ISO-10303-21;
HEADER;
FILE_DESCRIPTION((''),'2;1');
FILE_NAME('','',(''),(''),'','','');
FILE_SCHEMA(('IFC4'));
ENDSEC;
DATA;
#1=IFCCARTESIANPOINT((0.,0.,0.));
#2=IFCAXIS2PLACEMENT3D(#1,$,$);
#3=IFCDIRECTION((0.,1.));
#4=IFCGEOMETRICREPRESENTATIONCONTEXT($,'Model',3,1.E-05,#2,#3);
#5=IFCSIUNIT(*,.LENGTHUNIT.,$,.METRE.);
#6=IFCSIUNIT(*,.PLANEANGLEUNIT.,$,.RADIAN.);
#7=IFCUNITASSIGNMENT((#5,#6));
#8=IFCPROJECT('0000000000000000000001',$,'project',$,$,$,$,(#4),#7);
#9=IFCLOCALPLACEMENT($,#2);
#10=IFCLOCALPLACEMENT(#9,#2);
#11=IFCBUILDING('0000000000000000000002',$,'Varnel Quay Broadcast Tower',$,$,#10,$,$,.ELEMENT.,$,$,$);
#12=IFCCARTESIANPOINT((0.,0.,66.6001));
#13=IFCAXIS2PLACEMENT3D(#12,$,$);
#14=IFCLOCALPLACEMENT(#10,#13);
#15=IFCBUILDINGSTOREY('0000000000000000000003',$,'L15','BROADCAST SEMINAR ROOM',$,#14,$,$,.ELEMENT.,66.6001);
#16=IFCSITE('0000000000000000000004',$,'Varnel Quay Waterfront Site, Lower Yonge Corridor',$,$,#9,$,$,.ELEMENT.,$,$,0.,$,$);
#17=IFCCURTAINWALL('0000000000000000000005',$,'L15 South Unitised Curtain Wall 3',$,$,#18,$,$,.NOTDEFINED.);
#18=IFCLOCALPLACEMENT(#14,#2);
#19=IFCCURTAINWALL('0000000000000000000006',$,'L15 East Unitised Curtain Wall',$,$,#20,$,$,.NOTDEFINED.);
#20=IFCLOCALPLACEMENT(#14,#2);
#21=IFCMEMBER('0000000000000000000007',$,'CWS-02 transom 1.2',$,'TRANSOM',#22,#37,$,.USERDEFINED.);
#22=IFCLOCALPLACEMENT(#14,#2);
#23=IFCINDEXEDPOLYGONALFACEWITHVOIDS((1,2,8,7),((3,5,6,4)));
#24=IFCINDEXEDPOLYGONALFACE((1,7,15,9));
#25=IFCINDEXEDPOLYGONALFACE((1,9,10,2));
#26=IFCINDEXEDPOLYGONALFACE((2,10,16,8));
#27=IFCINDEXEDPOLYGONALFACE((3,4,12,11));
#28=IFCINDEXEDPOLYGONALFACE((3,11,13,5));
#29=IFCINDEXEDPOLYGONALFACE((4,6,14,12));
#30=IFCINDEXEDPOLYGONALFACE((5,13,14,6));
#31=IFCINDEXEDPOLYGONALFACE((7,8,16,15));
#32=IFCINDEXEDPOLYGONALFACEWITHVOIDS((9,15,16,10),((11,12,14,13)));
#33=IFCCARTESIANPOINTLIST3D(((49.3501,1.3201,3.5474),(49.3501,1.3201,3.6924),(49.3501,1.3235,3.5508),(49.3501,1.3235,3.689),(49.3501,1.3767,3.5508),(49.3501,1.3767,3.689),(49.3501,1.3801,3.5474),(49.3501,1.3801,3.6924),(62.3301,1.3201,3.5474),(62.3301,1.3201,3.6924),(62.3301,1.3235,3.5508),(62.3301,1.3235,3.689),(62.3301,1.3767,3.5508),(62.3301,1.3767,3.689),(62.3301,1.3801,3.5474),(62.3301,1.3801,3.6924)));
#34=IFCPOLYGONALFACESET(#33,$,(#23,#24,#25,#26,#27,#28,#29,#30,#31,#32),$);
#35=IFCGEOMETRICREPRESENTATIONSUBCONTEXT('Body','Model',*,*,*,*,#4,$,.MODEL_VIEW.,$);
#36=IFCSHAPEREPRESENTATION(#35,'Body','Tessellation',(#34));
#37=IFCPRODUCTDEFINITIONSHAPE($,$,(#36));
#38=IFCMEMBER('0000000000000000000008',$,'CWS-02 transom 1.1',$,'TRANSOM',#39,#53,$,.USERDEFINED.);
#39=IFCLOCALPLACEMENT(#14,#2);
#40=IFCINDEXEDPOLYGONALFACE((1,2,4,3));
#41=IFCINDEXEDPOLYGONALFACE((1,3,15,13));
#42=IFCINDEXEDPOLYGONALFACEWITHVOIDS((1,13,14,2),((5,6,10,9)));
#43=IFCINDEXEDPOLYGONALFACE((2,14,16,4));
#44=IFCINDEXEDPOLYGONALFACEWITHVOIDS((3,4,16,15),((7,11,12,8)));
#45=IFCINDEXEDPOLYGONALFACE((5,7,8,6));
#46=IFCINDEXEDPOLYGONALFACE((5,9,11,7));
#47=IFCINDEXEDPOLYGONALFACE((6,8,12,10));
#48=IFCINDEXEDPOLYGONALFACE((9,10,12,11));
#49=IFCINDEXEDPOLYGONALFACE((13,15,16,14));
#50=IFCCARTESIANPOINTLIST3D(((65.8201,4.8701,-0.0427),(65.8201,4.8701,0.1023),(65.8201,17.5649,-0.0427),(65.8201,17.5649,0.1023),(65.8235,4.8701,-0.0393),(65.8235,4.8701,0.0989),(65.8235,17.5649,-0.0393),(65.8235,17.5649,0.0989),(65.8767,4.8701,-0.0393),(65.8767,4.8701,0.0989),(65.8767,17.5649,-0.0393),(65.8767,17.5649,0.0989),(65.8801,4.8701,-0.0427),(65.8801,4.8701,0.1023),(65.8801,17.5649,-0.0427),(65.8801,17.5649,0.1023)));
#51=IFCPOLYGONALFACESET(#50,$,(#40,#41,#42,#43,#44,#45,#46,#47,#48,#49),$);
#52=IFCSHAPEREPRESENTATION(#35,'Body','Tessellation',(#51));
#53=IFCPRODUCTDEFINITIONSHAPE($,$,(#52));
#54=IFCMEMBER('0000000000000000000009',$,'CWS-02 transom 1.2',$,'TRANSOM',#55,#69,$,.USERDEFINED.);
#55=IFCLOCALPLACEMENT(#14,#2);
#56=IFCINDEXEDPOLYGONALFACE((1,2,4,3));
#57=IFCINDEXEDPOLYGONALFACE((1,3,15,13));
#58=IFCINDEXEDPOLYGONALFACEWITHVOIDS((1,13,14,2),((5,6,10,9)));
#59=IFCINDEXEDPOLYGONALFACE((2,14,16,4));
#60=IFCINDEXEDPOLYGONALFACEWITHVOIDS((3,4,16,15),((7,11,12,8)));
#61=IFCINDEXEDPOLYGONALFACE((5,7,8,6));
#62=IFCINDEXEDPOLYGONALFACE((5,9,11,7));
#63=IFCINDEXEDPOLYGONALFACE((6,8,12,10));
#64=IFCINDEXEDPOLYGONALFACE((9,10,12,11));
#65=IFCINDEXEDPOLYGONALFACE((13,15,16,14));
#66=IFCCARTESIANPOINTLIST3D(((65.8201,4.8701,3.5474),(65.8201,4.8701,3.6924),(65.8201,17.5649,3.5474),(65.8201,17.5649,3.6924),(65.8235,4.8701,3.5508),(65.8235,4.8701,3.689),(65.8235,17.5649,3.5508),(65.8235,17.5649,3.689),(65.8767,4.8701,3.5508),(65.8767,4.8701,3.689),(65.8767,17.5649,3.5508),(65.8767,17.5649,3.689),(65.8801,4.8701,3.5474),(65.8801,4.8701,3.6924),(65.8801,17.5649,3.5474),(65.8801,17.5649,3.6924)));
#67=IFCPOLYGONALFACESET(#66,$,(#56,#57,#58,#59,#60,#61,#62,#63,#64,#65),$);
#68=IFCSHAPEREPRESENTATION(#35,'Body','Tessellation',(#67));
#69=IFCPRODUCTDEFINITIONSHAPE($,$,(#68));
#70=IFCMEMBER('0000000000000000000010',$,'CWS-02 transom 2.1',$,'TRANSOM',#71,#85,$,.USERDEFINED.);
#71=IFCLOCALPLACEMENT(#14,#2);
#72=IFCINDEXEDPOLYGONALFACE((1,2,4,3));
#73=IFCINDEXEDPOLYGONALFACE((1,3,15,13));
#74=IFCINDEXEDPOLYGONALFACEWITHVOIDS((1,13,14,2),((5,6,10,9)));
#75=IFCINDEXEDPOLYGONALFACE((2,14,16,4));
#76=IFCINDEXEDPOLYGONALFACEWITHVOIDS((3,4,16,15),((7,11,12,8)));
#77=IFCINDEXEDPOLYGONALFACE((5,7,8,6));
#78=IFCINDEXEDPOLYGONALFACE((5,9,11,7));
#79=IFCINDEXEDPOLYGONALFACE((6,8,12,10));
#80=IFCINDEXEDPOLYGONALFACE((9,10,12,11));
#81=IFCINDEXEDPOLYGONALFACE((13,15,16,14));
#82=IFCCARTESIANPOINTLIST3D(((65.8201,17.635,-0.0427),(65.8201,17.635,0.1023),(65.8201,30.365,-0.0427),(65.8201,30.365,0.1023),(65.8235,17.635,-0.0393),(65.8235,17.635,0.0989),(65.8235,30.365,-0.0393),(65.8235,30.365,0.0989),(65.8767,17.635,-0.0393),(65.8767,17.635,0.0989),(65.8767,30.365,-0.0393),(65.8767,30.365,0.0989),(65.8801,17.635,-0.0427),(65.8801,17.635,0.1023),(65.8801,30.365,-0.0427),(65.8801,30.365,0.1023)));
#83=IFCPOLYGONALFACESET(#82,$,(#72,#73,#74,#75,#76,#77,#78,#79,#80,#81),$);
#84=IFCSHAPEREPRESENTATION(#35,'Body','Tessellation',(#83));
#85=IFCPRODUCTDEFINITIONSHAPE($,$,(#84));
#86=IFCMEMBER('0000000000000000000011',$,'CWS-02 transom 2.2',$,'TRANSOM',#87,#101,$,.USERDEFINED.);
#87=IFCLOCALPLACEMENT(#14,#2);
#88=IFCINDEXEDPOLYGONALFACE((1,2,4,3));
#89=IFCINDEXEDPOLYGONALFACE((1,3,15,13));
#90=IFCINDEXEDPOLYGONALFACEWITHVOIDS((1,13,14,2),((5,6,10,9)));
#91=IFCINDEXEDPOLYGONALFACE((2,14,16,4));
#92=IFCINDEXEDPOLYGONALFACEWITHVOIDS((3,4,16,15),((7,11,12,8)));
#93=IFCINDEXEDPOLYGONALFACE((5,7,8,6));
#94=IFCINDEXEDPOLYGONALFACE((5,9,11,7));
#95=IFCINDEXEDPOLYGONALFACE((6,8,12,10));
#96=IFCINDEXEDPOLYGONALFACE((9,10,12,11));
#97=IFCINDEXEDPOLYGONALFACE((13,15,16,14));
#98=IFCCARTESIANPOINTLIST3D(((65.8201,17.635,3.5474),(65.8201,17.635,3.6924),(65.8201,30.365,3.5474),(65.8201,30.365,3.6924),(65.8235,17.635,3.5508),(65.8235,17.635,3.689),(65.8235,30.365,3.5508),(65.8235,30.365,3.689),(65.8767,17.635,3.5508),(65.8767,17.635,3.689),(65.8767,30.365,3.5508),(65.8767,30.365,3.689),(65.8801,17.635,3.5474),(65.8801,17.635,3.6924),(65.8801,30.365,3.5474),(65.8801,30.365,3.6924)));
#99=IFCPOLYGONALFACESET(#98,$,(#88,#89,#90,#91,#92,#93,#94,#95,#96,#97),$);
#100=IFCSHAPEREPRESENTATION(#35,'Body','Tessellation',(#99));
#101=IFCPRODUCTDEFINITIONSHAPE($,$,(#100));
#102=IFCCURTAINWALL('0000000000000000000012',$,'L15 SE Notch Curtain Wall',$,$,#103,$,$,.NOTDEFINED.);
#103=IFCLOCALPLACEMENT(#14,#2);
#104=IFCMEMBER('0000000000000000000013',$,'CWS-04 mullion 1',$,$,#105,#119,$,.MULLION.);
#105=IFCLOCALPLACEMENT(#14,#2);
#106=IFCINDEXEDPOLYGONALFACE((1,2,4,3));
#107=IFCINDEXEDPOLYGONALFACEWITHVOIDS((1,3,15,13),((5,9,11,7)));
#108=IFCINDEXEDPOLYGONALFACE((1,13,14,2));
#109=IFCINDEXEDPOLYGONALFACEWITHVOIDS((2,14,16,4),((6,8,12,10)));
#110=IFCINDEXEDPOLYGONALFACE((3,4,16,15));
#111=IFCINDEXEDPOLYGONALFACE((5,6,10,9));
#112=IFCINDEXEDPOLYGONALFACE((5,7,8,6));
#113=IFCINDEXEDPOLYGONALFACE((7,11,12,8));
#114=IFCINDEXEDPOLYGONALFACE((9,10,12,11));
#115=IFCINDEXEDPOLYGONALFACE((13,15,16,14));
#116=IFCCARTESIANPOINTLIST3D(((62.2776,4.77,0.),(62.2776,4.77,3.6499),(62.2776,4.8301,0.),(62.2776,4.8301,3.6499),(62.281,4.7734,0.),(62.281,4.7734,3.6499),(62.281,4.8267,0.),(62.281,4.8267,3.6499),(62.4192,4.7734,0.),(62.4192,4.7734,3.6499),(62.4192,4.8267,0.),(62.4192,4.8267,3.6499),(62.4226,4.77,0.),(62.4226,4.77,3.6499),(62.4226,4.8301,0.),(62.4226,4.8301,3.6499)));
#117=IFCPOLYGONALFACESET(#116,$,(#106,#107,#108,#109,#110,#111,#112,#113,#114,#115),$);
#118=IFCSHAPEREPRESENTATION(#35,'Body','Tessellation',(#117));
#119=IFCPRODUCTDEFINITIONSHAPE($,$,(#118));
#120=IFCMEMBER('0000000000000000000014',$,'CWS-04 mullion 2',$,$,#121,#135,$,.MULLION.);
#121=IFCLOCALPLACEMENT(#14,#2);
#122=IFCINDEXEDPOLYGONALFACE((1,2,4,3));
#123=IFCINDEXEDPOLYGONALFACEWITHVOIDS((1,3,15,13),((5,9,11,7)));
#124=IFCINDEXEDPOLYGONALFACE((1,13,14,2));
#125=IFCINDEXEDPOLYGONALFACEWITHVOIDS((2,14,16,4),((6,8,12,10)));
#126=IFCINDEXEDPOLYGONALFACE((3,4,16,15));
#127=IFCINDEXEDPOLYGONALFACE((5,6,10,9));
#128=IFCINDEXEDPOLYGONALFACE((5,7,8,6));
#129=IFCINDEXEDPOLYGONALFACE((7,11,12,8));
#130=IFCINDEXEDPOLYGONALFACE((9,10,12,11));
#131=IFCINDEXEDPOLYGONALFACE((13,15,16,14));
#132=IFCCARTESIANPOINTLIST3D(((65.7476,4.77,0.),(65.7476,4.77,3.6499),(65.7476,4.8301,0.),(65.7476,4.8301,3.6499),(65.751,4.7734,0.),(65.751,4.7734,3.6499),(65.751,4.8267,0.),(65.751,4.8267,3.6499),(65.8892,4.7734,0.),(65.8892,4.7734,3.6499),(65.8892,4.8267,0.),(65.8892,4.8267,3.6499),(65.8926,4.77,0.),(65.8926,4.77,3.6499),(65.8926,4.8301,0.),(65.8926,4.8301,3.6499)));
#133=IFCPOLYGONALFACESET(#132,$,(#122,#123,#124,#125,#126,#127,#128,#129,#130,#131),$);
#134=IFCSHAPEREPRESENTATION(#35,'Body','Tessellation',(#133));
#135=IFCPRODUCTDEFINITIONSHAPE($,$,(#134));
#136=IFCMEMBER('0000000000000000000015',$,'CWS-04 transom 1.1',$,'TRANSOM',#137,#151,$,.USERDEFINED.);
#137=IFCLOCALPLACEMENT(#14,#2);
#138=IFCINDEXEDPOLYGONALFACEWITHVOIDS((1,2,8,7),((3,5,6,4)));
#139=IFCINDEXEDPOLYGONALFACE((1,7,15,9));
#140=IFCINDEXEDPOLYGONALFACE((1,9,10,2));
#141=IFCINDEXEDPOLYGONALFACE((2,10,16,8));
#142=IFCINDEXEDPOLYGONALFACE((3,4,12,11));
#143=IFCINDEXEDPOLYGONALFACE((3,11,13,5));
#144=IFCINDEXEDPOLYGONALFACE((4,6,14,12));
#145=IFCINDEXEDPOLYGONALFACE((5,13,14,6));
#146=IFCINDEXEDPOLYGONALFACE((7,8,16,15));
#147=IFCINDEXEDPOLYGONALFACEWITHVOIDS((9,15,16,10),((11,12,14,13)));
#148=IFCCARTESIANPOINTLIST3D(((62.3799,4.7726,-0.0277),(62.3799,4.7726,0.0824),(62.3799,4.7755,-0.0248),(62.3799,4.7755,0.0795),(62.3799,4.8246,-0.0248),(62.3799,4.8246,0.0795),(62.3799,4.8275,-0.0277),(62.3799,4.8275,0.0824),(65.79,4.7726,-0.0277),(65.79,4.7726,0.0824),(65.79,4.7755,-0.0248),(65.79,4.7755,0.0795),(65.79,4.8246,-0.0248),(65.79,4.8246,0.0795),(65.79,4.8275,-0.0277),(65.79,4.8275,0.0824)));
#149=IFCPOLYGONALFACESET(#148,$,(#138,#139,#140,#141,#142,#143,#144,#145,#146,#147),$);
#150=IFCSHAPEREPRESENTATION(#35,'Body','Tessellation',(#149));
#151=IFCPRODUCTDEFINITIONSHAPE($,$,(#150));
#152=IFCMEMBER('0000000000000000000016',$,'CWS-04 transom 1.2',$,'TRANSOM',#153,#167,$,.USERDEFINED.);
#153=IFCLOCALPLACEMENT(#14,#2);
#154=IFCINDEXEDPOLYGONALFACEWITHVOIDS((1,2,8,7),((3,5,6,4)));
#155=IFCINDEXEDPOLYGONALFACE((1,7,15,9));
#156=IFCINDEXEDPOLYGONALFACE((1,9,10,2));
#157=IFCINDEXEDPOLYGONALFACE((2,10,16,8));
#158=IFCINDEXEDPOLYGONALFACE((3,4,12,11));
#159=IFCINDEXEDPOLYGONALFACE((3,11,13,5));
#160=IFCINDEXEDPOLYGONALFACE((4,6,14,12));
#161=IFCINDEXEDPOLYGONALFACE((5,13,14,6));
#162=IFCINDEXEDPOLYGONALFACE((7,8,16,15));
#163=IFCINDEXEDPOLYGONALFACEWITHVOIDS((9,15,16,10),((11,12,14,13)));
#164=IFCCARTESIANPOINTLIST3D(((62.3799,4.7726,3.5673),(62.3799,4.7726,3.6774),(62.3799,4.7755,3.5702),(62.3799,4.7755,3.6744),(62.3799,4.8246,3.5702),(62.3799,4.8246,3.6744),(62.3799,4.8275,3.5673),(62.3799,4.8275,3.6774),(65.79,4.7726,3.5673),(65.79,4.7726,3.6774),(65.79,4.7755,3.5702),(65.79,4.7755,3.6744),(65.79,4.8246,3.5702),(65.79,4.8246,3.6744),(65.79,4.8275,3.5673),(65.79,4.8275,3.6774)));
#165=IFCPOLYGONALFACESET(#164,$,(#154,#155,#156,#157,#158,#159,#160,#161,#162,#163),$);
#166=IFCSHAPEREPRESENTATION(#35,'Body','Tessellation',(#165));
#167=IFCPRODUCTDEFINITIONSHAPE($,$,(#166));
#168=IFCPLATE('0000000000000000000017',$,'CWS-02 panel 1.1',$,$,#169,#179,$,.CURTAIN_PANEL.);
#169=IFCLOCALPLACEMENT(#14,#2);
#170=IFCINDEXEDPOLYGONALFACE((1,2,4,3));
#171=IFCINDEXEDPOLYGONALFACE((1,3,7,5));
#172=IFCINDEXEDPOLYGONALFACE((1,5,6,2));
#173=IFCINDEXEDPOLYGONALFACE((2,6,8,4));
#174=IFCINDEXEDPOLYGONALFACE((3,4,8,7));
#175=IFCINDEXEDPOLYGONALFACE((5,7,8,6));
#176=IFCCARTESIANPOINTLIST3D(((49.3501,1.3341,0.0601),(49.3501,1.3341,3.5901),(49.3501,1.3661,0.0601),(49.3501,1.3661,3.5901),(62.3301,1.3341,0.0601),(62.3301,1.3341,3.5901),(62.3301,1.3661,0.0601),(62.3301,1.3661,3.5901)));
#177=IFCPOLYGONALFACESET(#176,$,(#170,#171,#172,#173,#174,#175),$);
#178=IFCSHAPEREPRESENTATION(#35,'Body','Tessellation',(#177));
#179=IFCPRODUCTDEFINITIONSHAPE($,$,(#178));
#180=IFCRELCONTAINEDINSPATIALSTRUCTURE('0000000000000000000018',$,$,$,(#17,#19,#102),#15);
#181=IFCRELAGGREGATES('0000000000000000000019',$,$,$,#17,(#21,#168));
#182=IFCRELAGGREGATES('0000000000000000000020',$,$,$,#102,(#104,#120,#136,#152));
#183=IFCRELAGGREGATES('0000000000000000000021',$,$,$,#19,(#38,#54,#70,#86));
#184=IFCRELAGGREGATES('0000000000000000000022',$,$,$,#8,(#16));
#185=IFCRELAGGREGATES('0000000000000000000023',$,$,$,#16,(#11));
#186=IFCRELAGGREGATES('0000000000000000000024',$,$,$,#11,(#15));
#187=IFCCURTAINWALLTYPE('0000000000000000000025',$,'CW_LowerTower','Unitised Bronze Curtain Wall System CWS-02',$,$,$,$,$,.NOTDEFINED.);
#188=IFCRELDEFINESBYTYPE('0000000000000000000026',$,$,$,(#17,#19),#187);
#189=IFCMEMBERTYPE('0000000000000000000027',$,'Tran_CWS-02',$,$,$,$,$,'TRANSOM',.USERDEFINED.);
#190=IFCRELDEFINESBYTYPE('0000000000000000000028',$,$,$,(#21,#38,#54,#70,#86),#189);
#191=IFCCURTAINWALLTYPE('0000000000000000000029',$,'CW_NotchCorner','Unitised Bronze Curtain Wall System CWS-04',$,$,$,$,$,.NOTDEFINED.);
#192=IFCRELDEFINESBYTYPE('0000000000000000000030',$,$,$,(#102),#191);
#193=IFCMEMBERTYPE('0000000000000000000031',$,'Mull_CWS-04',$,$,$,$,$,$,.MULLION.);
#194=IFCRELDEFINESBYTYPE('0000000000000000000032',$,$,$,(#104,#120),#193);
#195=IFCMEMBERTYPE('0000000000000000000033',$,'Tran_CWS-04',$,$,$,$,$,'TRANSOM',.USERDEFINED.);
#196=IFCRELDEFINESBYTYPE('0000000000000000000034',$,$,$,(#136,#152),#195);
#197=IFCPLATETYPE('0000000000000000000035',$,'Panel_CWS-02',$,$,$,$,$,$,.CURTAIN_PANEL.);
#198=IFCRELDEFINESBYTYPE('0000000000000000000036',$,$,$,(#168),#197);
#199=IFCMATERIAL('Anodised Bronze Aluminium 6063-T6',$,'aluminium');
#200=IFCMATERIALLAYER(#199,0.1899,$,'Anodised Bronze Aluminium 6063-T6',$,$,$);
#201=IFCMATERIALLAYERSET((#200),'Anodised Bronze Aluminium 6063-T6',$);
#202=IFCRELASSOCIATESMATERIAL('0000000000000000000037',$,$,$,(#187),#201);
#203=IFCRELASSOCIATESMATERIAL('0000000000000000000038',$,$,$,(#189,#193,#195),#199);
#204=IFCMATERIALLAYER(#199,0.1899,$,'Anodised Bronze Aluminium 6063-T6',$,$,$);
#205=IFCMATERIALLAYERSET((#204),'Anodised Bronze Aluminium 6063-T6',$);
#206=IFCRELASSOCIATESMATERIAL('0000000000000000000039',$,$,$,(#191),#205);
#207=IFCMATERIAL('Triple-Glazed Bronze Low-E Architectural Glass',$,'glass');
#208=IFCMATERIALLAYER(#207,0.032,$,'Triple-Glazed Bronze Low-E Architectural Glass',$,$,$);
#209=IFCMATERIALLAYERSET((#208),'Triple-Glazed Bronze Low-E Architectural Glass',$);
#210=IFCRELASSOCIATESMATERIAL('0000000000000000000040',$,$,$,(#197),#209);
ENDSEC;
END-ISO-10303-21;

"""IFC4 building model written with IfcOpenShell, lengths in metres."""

from ifc_helpers import new_model, si_unit, direction, frame, origin, origin_2d, place, context, subcontext, project, spatial, rectangle, hollow_rectangle, extrude, source, transform, mapped, material, layer, layer_set, material_profile, profile_set, type_object, type_shapes, element, aggregate, save


model = new_model("IFC4")

# Units and contexts
model_context = context("Model", 3, precision=1e-05, world=origin(), true_north=direction((0.0, 1.0)))
body_context = subcontext(model_context, "Body", "Model", "MODEL_VIEW")
ifc_project = project(units=[si_unit("LENGTHUNIT", "METRE"), si_unit("PLANEANGLEUNIT", "RADIAN")], contexts=[model_context])

# Site, building, storey
site_placement = place(None, origin())
site = spatial("IfcSite", under=ifc_project, at=site_placement, Name="Varnel Quay Waterfront Site, Lower Yonge Corridor", CompositionType="ELEMENT", RefElevation=0.0)
building_placement = place(site_placement, origin())
building = spatial("IfcBuilding", under=site, at=building_placement, Name="Varnel Quay Broadcast Tower", CompositionType="ELEMENT")
storey_placement = place(building_placement, frame((0.0, 0.0, 66.6001)))
storey = spatial("IfcBuildingStorey", under=building, at=storey_placement, Name="L15", Description="BROADCAST SEMINAR ROOM", CompositionType="ELEMENT", Elevation=66.6001)

# Curtain walls
ifc_material_1 = material(Name="Anodised Bronze Aluminium 6063-T6", Category="aluminium")
ifc_layer_1 = layer(ifc_material_1, 0.1899, Name="Anodised Bronze Aluminium 6063-T6")
ifc_layer_set_1 = layer_set([ifc_layer_1], Name="Anodised Bronze Aluminium 6063-T6")
curtain_wall_type_1 = type_object("IfcCurtainWallType", Name="CW_LowerTower", Description="Unitised Bronze Curtain Wall System CWS-02", PredefinedType="NOTDEFINED", material=ifc_layer_set_1)
curtain_wall_1_placement = place(storey_placement, origin())
curtain_wall_1 = element("IfcCurtainWall", 1, at=curtain_wall_1_placement, inside=storey, type_object=curtain_wall_type_1, Name="L15 South Unitised Curtain Wall 3", PredefinedType="NOTDEFINED")
curtain_wall_2_placement = place(storey_placement, origin())
curtain_wall_2 = element("IfcCurtainWall", 2, at=curtain_wall_2_placement, inside=storey, type_object=curtain_wall_type_1, Name="L15 East Unitised Curtain Wall", PredefinedType="NOTDEFINED")

# Members
ifc_material_profile_1 = material_profile(ifc_material_1, hollow_rectangle(XDim=0.0601, YDim=0.145, WallThickness=0.0034, at=origin_2d()), Name="ALU60X145X3.5")
ifc_profile_set_1 = profile_set([ifc_material_profile_1], Name="Anodised Bronze Aluminium 6063-T6")
member_type_1 = type_object("IfcMemberType", Name="Tran_CWS-02", ElementType="TRANSOM", PredefinedType="USERDEFINED", material=ifc_profile_set_1)
shared_shape_1 = source(origin(), body_context, "Body", "SweptSolid", [
    extrude(hollow_rectangle(XDim=0.0601, YDim=0.145, WallThickness=0.0034, at=origin_2d()), origin(), (0.0, 0.0, 1.0), 12.98),
])
member_1_placement = place(storey_placement, frame((49.3501, 1.3501, 3.6199), z_axis=(1.0, 0.0, 0.0), x_axis=(0.0, 1.0, 0.0)))
member_1 = element("IfcMember", 3, at=member_1_placement, type_object=member_type_1, Name="CWS-02 transom 1.2", ObjectType="TRANSOM", PredefinedType="USERDEFINED", context=body_context, shape_type="MappedRepresentation", body=[
    mapped(shared_shape_1, transform((0.0, 0.0, 0.0), x_axis=(1.0, 0.0, 0.0), y_axis=(0.0, 1.0, 0.0), z_axis=(0.0, 0.0, 1.0), scale=1.0)),
])
shared_shape_2 = source(origin(), body_context, "Body", "SweptSolid", [
    extrude(hollow_rectangle(XDim=0.0601, YDim=0.145, WallThickness=0.0034, at=origin_2d()), origin(), (0.0, 0.0, 1.0), 12.6948),
])
member_2_placement = place(storey_placement, frame((65.8501, 4.8701, 0.0298), z_axis=(0.0, 1.0, 0.0), x_axis=(-1.0, 0.0, 0.0)))
member_2 = element("IfcMember", 4, at=member_2_placement, type_object=member_type_1, Name="CWS-02 transom 1.1", ObjectType="TRANSOM", PredefinedType="USERDEFINED", context=body_context, shape_type="MappedRepresentation", body=[
    mapped(shared_shape_2, transform((0.0, 0.0, 0.0), x_axis=(1.0, 0.0, 0.0), y_axis=(0.0, 1.0, 0.0), z_axis=(0.0, 0.0, 1.0), scale=1.0)),
])
member_3_placement = place(storey_placement, frame((65.8501, 4.8701, 3.6199), z_axis=(0.0, 1.0, 0.0), x_axis=(-1.0, 0.0, 0.0)))
member_3 = element("IfcMember", 5, at=member_3_placement, type_object=member_type_1, Name="CWS-02 transom 1.2", ObjectType="TRANSOM", PredefinedType="USERDEFINED", context=body_context, shape_type="MappedRepresentation", body=[
    mapped(shared_shape_2, transform((0.0, 0.0, 0.0), x_axis=(1.0, 0.0, 0.0), y_axis=(0.0, 1.0, 0.0), z_axis=(0.0, 0.0, 1.0), scale=1.0)),
])
shared_shape_3 = source(origin(), body_context, "Body", "SweptSolid", [
    extrude(hollow_rectangle(XDim=0.0601, YDim=0.145, WallThickness=0.0034, at=origin_2d()), origin(), (0.0, 0.0, 1.0), 12.73),
])
type_shapes(member_type_1, [shared_shape_1, shared_shape_2, shared_shape_3])
member_4_placement = place(storey_placement, frame((65.8501, 17.635, 0.0298), z_axis=(0.0, 1.0, 0.0), x_axis=(-1.0, 0.0, 0.0)))
member_4 = element("IfcMember", 6, at=member_4_placement, type_object=member_type_1, Name="CWS-02 transom 2.1", ObjectType="TRANSOM", PredefinedType="USERDEFINED", context=body_context, shape_type="MappedRepresentation", body=[
    mapped(shared_shape_3, transform((0.0, 0.0, 0.0), x_axis=(1.0, 0.0, 0.0), y_axis=(0.0, 1.0, 0.0), z_axis=(0.0, 0.0, 1.0), scale=1.0)),
])
member_5_placement = place(storey_placement, frame((65.8501, 17.635, 3.6199), z_axis=(0.0, 1.0, 0.0), x_axis=(-1.0, 0.0, 0.0)))
member_5 = element("IfcMember", 7, at=member_5_placement, type_object=member_type_1, Name="CWS-02 transom 2.2", ObjectType="TRANSOM", PredefinedType="USERDEFINED", context=body_context, shape_type="MappedRepresentation", body=[
    mapped(shared_shape_3, transform((0.0, 0.0, 0.0), x_axis=(1.0, 0.0, 0.0), y_axis=(0.0, 1.0, 0.0), z_axis=(0.0, 0.0, 1.0), scale=1.0)),
])

# Curtain wall, members
ifc_layer_2 = layer(ifc_material_1, 0.1899, Name="Anodised Bronze Aluminium 6063-T6")
ifc_layer_set_2 = layer_set([ifc_layer_2], Name="Anodised Bronze Aluminium 6063-T6")
curtain_wall_type_2 = type_object("IfcCurtainWallType", Name="CW_NotchCorner", Description="Unitised Bronze Curtain Wall System CWS-04", PredefinedType="NOTDEFINED", material=ifc_layer_set_2)
curtain_wall_3_placement = place(storey_placement, origin())
curtain_wall_3 = element("IfcCurtainWall", 8, at=curtain_wall_3_placement, inside=storey, type_object=curtain_wall_type_2, Name="L15 SE Notch Curtain Wall", PredefinedType="NOTDEFINED")
ifc_material_profile_2 = material_profile(ifc_material_1, hollow_rectangle(XDim=0.0601, YDim=0.145, WallThickness=0.0034, at=origin_2d()), Name="ALU60X145X3.5")
ifc_profile_set_2 = profile_set([ifc_material_profile_2], Name="Anodised Bronze Aluminium 6063-T6")
member_type_2 = type_object("IfcMemberType", Name="Mull_CWS-04", PredefinedType="MULLION", material=ifc_profile_set_2)
shared_shape_4 = source(origin(), body_context, "Body", "SweptSolid", [
    extrude(hollow_rectangle(XDim=0.0601, YDim=0.145, WallThickness=0.0034, at=origin_2d()), origin(), (0.0, 0.0, 1.0), 3.6499),
])
type_shapes(member_type_2, [shared_shape_4])
member_6_placement = place(storey_placement, frame((62.3501, 4.8, 0.0), z_axis=(0.0, 0.0, 1.0), x_axis=(0.0, 1.0, 0.0)))
member_6 = element("IfcMember", 9, at=member_6_placement, type_object=member_type_2, Name="CWS-04 mullion 1", PredefinedType="MULLION", context=body_context, shape_type="MappedRepresentation", body=[
    mapped(shared_shape_4, transform((0.0, 0.0, 0.0), x_axis=(1.0, 0.0, 0.0), y_axis=(0.0, 1.0, 0.0), z_axis=(0.0, 0.0, 1.0), scale=1.0)),
])
member_7_placement = place(storey_placement, frame((65.8201, 4.8, 0.0), z_axis=(0.0, 0.0, 1.0), x_axis=(0.0, 1.0, 0.0)))
member_7 = element("IfcMember", 10, at=member_7_placement, type_object=member_type_2, Name="CWS-04 mullion 2", PredefinedType="MULLION", context=body_context, shape_type="MappedRepresentation", body=[
    mapped(shared_shape_4, transform((0.0, 0.0, 0.0), x_axis=(1.0, 0.0, 0.0), y_axis=(0.0, 1.0, 0.0), z_axis=(0.0, 0.0, 1.0), scale=1.0)),
])
ifc_material_profile_3 = material_profile(ifc_material_1, hollow_rectangle(XDim=0.0549, YDim=0.1101, WallThickness=0.0029, at=origin_2d()), Name="ALU55X110X3")
ifc_profile_set_3 = profile_set([ifc_material_profile_3], Name="Anodised Bronze Aluminium 6063-T6")
member_type_3 = type_object("IfcMemberType", Name="Tran_CWS-04", ElementType="TRANSOM", PredefinedType="USERDEFINED", material=ifc_profile_set_3)
shared_shape_5 = source(origin(), body_context, "Body", "SweptSolid", [
    extrude(hollow_rectangle(XDim=0.0549, YDim=0.1101, WallThickness=0.0029, at=origin_2d()), origin(), (0.0, 0.0, 1.0), 3.4102),
])
type_shapes(member_type_3, [shared_shape_5])
member_8_placement = place(storey_placement, frame((62.3799, 4.8, 0.0273), z_axis=(1.0, 0.0, 0.0), x_axis=(0.0, 1.0, 0.0)))
member_8 = element("IfcMember", 11, at=member_8_placement, type_object=member_type_3, Name="CWS-04 transom 1.1", ObjectType="TRANSOM", PredefinedType="USERDEFINED", context=body_context, shape_type="MappedRepresentation", body=[
    mapped(shared_shape_5, transform((0.0, 0.0, 0.0), x_axis=(1.0, 0.0, 0.0), y_axis=(0.0, 1.0, 0.0), z_axis=(0.0, 0.0, 1.0), scale=1.0)),
])
member_9_placement = place(storey_placement, frame((62.3799, 4.8, 3.6223), z_axis=(1.0, 0.0, 0.0), x_axis=(0.0, 1.0, 0.0)))
member_9 = element("IfcMember", 12, at=member_9_placement, type_object=member_type_3, Name="CWS-04 transom 1.2", ObjectType="TRANSOM", PredefinedType="USERDEFINED", context=body_context, shape_type="MappedRepresentation", body=[
    mapped(shared_shape_5, transform((0.0, 0.0, 0.0), x_axis=(1.0, 0.0, 0.0), y_axis=(0.0, 1.0, 0.0), z_axis=(0.0, 0.0, 1.0), scale=1.0)),
])

# Plate
ifc_material_2 = material(Name="Triple-Glazed Bronze Low-E Architectural Glass", Category="glass")
ifc_layer_3 = layer(ifc_material_2, 0.032, Name="Triple-Glazed Bronze Low-E Architectural Glass")
ifc_layer_set_3 = layer_set([ifc_layer_3], Name="Triple-Glazed Bronze Low-E Architectural Glass")
plate_type_1 = type_object("IfcPlateType", Name="Panel_CWS-02", PredefinedType="CURTAIN_PANEL", material=ifc_layer_set_3)
shared_shape_6 = source(origin(), body_context, "Body", "SweptSolid", [
    extrude(rectangle(XDim=12.98, YDim=0.032, at=origin_2d()), origin(), (0.0, 0.0, 1.0), 3.53),
])
plate_1_placement = place(storey_placement, frame((55.8401, 1.3501, 0.0601), z_axis=(0.0, 0.0, 1.0), x_axis=(1.0, 0.0, 0.0)))
plate_1 = element("IfcPlate", 13, at=plate_1_placement, type_object=plate_type_1, Name="CWS-02 panel 1.1", PredefinedType="CURTAIN_PANEL", context=body_context, shape_type="MappedRepresentation", body=[
    mapped(shared_shape_6, transform((0.0, 0.0, 0.0), x_axis=(1.0, 0.0, 0.0), y_axis=(0.0, 1.0, 0.0), z_axis=(0.0, 0.0, 1.0), scale=1.0)),
])
aggregate(curtain_wall_1, [member_1, plate_1])
aggregate(curtain_wall_3, [member_6, member_7, member_8, member_9])
aggregate(curtain_wall_2, [member_2, member_3, member_4, member_5])

save(model, "model.ifc")
